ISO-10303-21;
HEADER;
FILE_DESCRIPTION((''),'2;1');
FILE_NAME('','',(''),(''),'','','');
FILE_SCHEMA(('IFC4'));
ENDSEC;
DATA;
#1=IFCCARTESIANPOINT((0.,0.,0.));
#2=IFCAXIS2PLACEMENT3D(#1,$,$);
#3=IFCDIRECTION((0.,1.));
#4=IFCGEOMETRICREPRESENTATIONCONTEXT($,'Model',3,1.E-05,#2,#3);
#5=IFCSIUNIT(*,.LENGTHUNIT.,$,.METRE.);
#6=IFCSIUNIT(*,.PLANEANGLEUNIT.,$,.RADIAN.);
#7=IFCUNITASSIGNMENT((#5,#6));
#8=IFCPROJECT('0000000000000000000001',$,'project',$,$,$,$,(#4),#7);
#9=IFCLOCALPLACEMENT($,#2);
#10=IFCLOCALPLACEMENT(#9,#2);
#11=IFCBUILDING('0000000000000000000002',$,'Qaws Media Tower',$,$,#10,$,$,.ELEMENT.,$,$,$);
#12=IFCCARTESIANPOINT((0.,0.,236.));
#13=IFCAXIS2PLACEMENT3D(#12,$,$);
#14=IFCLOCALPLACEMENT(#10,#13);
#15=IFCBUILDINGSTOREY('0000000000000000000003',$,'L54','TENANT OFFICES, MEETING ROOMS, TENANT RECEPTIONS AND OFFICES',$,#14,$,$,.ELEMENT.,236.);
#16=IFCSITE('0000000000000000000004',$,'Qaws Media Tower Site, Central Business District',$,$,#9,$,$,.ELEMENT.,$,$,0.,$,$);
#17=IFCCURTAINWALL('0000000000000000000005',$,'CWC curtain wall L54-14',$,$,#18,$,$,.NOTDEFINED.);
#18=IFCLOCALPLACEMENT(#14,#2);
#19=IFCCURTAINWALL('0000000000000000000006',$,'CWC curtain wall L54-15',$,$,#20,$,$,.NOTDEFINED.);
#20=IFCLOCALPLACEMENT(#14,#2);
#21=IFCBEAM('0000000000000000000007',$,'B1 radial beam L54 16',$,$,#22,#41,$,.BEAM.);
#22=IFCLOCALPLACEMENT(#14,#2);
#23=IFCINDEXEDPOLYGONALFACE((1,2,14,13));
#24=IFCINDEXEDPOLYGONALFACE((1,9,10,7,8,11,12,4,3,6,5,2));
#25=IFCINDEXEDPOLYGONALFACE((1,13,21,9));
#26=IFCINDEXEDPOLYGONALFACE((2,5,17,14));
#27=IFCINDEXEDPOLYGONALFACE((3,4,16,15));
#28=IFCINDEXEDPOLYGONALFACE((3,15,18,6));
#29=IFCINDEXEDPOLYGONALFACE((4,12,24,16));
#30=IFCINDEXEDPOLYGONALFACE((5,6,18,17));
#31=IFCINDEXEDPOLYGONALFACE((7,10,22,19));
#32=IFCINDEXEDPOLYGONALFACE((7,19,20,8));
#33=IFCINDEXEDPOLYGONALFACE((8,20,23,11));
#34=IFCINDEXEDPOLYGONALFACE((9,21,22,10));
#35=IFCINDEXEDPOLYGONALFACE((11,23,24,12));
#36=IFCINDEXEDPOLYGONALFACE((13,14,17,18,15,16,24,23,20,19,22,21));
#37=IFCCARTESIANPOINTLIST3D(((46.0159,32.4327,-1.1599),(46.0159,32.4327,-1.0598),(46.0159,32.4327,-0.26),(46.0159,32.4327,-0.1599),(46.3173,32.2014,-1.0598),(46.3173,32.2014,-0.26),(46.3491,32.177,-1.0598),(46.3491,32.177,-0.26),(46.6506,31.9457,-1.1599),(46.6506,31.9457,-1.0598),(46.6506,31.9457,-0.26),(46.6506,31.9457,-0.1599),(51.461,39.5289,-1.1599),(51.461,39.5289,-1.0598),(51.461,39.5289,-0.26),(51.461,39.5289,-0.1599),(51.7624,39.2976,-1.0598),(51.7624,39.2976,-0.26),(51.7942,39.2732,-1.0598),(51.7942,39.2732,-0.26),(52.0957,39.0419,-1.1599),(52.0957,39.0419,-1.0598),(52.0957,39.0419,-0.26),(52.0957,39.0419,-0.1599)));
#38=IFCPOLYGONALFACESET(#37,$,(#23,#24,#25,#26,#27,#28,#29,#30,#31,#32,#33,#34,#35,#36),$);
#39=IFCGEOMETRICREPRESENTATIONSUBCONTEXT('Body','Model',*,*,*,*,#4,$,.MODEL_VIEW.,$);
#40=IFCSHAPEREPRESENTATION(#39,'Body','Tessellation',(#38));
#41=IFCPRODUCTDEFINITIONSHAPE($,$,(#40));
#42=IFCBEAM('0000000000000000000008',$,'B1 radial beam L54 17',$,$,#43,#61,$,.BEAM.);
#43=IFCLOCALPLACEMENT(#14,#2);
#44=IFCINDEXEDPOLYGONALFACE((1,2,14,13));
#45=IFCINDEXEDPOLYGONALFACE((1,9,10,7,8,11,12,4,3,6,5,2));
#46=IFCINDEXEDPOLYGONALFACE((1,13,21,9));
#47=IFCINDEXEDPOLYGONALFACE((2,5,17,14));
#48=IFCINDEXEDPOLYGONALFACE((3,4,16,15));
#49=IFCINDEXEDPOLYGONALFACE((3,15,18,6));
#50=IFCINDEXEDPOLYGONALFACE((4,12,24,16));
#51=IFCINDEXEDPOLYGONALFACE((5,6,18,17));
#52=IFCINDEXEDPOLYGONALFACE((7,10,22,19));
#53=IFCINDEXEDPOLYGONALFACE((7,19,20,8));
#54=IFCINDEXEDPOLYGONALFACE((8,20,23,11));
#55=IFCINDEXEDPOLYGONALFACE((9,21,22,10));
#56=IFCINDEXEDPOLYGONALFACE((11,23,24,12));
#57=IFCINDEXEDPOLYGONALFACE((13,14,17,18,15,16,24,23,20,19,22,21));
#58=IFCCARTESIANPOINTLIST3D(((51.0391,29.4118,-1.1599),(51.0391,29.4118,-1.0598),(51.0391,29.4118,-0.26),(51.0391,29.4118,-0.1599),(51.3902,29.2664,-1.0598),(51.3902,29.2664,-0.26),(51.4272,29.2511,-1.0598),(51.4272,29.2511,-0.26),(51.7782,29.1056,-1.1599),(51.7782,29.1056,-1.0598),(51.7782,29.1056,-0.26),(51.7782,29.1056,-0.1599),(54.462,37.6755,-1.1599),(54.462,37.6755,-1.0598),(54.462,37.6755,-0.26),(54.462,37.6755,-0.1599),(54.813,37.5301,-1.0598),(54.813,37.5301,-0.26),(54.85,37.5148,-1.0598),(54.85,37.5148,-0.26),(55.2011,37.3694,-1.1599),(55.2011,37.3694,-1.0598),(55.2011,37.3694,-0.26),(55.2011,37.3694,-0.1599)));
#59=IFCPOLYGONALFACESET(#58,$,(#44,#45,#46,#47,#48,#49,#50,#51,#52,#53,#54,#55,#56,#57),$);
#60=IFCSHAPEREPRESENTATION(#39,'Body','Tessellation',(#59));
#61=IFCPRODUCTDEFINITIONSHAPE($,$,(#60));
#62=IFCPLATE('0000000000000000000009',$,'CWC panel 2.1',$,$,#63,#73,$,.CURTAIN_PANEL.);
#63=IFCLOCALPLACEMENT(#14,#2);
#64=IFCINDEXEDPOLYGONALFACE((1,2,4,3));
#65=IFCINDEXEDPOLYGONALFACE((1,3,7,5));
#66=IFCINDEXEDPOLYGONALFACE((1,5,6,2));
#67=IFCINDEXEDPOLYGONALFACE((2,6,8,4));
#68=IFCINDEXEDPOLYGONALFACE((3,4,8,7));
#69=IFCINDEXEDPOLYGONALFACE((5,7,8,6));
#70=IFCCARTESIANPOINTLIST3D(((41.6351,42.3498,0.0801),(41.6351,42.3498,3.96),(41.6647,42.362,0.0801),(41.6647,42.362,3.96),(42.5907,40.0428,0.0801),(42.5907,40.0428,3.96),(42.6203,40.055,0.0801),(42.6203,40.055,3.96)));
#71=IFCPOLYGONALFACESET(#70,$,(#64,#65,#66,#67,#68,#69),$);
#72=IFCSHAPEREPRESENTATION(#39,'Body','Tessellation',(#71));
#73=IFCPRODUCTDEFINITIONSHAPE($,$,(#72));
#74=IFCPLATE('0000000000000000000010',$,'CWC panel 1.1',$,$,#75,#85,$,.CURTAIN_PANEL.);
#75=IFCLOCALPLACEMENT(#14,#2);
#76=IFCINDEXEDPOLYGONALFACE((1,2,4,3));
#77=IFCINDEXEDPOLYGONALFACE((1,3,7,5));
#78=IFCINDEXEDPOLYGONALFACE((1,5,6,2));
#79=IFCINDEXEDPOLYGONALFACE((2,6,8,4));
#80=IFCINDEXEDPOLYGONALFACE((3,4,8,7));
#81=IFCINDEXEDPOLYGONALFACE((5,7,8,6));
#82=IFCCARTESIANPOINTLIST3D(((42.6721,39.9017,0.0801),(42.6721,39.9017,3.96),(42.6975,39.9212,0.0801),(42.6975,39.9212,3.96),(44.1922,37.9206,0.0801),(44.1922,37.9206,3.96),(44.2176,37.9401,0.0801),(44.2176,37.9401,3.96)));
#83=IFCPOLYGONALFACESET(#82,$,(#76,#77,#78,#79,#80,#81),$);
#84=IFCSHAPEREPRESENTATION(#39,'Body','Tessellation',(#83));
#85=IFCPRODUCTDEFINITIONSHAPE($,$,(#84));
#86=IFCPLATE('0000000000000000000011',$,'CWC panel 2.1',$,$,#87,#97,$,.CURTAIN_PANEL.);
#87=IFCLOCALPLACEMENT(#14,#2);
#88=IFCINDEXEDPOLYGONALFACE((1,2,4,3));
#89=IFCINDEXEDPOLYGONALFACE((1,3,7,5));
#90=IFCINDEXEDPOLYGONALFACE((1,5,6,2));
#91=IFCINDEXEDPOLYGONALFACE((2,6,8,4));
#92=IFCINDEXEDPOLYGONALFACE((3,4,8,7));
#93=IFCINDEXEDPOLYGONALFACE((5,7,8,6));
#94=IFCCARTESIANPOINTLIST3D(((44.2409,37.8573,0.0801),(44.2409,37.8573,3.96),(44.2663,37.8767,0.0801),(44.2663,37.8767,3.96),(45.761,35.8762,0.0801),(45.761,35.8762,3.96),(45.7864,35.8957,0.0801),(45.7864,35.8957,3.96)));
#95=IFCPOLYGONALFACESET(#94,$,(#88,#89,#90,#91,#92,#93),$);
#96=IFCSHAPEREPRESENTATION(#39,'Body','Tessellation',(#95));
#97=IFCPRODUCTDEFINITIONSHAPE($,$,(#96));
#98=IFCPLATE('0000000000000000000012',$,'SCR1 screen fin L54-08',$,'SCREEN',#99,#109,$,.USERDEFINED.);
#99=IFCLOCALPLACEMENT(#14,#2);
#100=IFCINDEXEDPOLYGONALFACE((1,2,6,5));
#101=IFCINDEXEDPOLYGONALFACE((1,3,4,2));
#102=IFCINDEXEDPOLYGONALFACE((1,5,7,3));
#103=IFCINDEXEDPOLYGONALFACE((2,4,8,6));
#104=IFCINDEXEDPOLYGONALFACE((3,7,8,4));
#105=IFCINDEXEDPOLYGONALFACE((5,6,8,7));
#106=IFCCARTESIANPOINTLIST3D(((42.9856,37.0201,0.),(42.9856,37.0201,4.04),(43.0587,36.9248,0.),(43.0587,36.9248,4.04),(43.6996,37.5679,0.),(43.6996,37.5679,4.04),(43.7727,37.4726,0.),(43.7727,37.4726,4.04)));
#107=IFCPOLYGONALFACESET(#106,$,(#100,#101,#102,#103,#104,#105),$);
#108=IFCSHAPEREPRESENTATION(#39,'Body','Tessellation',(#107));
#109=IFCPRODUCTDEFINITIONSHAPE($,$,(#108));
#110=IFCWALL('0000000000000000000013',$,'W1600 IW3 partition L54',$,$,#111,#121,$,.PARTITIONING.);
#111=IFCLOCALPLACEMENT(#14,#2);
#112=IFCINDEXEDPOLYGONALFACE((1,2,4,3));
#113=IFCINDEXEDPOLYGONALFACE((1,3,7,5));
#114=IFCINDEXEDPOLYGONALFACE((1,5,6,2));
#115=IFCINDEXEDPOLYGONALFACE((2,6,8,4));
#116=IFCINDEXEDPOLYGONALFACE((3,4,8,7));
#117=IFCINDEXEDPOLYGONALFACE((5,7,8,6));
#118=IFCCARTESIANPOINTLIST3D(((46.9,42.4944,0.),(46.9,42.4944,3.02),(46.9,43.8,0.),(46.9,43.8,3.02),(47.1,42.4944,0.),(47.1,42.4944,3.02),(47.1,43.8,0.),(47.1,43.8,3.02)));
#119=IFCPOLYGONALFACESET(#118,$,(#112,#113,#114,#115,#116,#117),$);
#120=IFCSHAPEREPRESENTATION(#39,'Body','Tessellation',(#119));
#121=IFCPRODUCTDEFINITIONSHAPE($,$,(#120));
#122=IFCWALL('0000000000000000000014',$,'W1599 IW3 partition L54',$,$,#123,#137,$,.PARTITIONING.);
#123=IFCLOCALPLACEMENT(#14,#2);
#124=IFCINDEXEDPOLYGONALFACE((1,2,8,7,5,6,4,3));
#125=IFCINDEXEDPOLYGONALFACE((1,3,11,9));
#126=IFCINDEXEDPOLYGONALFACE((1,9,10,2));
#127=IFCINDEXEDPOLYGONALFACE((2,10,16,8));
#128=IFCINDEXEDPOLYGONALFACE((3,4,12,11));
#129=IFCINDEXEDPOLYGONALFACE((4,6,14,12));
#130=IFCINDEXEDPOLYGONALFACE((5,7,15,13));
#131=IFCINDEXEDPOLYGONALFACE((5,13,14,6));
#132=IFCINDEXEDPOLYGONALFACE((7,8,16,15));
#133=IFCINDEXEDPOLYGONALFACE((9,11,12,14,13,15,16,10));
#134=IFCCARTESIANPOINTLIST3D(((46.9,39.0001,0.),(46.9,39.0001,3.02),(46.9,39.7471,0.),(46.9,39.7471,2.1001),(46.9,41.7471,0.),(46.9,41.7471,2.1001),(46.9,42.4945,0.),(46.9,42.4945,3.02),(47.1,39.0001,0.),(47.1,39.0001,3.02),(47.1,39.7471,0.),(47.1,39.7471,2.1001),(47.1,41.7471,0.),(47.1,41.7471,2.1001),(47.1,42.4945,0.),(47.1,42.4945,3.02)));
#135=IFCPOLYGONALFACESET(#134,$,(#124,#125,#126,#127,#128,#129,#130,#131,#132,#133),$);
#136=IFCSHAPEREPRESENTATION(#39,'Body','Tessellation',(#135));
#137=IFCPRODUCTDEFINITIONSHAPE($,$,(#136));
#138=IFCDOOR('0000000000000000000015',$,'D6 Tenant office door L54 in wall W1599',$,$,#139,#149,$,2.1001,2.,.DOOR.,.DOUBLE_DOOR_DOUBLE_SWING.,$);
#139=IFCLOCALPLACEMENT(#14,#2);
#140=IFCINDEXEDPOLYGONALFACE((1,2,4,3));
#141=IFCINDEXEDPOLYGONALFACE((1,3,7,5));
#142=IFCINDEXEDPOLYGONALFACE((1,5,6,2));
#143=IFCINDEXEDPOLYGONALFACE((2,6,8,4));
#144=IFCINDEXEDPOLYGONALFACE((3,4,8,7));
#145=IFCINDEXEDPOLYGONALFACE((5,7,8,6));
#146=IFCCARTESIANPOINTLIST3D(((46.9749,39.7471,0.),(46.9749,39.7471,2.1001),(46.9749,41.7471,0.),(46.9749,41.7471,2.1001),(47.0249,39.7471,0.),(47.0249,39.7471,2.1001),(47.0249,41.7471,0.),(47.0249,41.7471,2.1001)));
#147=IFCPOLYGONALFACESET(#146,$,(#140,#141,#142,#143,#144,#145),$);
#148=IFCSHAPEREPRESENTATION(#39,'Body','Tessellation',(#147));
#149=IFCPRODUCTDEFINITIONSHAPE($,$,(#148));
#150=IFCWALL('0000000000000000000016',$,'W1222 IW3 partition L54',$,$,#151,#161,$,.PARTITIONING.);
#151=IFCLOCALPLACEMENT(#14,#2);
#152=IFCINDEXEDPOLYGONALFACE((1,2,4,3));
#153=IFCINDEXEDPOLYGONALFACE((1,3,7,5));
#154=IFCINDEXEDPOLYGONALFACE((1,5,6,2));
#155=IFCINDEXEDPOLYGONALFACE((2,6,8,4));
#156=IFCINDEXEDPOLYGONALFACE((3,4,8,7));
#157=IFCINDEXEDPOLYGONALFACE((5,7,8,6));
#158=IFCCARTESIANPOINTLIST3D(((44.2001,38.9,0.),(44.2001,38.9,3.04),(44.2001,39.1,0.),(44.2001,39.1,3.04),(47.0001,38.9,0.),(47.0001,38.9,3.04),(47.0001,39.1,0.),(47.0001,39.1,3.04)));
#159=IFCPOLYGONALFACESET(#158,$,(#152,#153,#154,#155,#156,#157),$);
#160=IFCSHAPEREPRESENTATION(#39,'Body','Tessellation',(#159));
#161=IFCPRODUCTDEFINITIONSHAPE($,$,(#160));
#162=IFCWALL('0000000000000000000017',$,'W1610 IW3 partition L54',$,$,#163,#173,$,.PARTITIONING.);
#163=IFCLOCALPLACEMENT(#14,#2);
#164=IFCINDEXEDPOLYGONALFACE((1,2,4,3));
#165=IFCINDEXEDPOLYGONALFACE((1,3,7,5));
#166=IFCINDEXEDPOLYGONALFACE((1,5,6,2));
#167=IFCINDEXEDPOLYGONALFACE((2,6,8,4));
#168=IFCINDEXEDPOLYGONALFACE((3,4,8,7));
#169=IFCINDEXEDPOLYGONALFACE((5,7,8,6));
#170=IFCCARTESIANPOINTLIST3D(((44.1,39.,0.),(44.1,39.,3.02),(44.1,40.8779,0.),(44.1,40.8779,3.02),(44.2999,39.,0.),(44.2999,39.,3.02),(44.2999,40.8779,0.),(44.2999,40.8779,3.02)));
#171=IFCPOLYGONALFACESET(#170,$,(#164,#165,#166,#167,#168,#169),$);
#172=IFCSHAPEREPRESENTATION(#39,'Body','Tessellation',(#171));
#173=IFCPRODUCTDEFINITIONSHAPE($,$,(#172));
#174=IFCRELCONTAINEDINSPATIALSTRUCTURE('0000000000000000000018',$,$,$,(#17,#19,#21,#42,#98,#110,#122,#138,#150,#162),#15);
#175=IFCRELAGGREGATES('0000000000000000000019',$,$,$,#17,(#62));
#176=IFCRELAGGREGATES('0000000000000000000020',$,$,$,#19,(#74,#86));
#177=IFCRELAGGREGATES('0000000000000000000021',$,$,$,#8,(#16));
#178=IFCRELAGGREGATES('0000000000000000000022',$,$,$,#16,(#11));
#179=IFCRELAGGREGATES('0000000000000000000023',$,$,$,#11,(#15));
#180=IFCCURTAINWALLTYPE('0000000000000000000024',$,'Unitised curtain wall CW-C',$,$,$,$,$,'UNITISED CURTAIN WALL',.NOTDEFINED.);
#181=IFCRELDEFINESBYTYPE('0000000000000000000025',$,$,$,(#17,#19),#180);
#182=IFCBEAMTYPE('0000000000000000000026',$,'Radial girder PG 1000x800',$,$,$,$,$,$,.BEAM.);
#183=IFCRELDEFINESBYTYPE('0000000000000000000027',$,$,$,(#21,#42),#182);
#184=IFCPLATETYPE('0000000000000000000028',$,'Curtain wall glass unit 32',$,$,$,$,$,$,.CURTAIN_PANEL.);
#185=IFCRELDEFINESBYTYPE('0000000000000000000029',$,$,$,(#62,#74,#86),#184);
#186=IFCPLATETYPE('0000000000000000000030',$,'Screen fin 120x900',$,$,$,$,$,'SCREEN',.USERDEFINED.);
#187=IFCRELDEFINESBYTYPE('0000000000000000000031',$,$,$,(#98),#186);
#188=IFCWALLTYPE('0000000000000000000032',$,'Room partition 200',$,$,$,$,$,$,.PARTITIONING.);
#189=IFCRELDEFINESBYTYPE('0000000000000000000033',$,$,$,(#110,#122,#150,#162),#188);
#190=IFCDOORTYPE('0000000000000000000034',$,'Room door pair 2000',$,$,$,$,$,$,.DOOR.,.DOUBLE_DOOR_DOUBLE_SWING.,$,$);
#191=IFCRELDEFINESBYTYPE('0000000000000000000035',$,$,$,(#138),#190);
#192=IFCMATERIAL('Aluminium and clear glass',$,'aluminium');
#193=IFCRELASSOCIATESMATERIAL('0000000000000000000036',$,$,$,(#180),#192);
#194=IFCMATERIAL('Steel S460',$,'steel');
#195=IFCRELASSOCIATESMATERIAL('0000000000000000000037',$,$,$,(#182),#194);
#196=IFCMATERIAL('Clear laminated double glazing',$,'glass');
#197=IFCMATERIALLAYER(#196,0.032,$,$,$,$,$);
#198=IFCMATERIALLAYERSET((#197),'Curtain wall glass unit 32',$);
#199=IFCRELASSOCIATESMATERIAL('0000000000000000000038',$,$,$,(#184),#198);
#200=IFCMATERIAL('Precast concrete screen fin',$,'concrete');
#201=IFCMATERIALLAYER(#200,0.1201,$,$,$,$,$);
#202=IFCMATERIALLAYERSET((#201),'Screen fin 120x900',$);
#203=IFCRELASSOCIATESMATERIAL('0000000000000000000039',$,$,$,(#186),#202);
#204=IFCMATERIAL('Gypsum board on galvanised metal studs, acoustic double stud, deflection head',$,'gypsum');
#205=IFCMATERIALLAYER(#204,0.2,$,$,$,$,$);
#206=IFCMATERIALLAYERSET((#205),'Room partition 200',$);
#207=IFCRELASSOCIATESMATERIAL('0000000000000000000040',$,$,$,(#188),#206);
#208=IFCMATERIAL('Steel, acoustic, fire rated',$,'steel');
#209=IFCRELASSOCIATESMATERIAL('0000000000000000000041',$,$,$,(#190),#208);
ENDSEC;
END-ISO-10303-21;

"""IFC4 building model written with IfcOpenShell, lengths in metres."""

from ifc_helpers import new_model, si_unit, direction, frame, frame_2d, origin, origin_2d, place, context, subcontext, project, spatial, rectangle, i_section, extrude, material, layer, layer_set, material_profile, profile_set, type_object, element, fill, aggregate, save


model = new_model("IFC4")

# Units and contexts
model_context = context("Model", 3, precision=1e-05, world=origin(), true_north=direction((0.0, 1.0)))
body_context = subcontext(model_context, "Body", "Model", "MODEL_VIEW")
ifc_project = project(units=[si_unit("LENGTHUNIT", "METRE"), si_unit("PLANEANGLEUNIT", "RADIAN")], contexts=[model_context])

# Site, building, storey
site_placement = place(None, origin())
site = spatial("IfcSite", under=ifc_project, at=site_placement, Name="Qaws Media Tower Site, Central Business District", CompositionType="ELEMENT", RefElevation=0.0)
building_placement = place(site_placement, origin())
building = spatial("IfcBuilding", under=site, at=building_placement, Name="Qaws Media Tower", CompositionType="ELEMENT")
storey_placement = place(building_placement, frame((0.0, 0.0, 236.0)))
storey = spatial("IfcBuildingStorey", under=building, at=storey_placement, Name="L54", Description="TENANT OFFICES, MEETING ROOMS, TENANT RECEPTIONS AND OFFICES", CompositionType="ELEMENT", Elevation=236.0)

# Curtain wall
ifc_material_1 = material(Name="Aluminium and clear glass", Category="aluminium")
curtain_wall_type = type_object("IfcCurtainWallType", Name="Unitised curtain wall CW-C", ElementType="UNITISED CURTAIN WALL", PredefinedType="NOTDEFINED", material=ifc_material_1)
curtain_wall_1_placement = place(storey_placement, origin())
curtain_wall_1 = element("IfcCurtainWall", 1, at=curtain_wall_1_placement, inside=storey, type_object=curtain_wall_type, Name="CWC curtain wall L54-14", PredefinedType="NOTDEFINED")

# Curtain wall
curtain_wall_2_placement = place(storey_placement, origin())
curtain_wall_2 = element("IfcCurtainWall", 2, at=curtain_wall_2_placement, inside=storey, type_object=curtain_wall_type, Name="CWC curtain wall L54-15", PredefinedType="NOTDEFINED")

# Beams
ifc_material_2 = material(Name="Steel S460", Category="steel")
ifc_material_profile_1 = material_profile(ifc_material_2, i_section(OverallWidth=0.8, OverallDepth=1.0, WebThickness=0.04, FlangeThickness=0.1001, at=origin_2d()), Name="PG 1000x800")
ifc_profile_set_1 = profile_set([ifc_material_profile_1], Name="Steel S460")
beam_type_1 = type_object("IfcBeamType", Name="Radial girder PG 1000x800", PredefinedType="BEAM", material=ifc_profile_set_1)
for number, where, z_axis, x_axis, name in (
    (3, (51.7783, 39.2854, -0.6599), (-0.608759, -0.793355, 0.0), (0.793355, -0.608759, 0.0), "B1 radial beam L54 16"),
    (4, (54.8315, 37.5225, -0.6599), (-0.382676, -0.923882, 0.0), (0.923882, -0.382676, 0.0), "B1 radial beam L54 17"),
):
    element("IfcBeam", number, at=place(storey_placement, frame(where, z_axis=z_axis, x_axis=x_axis)), inside=storey, type_object=beam_type_1, Name=name, PredefinedType="BEAM", context=body_context, shape_type="SweptSolid", body=[
        extrude(i_section(OverallWidth=0.8, OverallDepth=1.0, WebThickness=0.04, FlangeThickness=0.1001, at=origin_2d()), origin(), (0.0, 0.0, 1.0), 8.9446),
    ])

# Plates
ifc_material_3 = material(Name="Clear laminated double glazing", Category="glass")
ifc_layer_1 = layer(ifc_material_3, 0.032)
ifc_layer_set_1 = layer_set([ifc_layer_1], Name="Curtain wall glass unit 32")
plate_type_1 = type_object("IfcPlateType", Name="Curtain wall glass unit 32", PredefinedType="CURTAIN_PANEL", material=ifc_layer_set_1)
plate_1_placement = place(storey_placement, frame((42.1277, 41.2024, 0.0801), z_axis=(0.0, 0.0, 1.0), x_axis=(0.382684, -0.923879, 0.0)))
plate_1 = element("IfcPlate", 5, at=plate_1_placement, type_object=plate_type_1, Name="CWC panel 2.1", PredefinedType="CURTAIN_PANEL", context=body_context, shape_type="SweptSolid", body=[
    extrude(rectangle(XDim=2.4971, YDim=0.032, at=origin_2d()), origin(), (0.0, 0.0, 1.0), 3.8799),
])
aggregate(curtain_wall_1, [plate_1])
plate_2_placement = place(storey_placement, frame((43.4448, 38.9209, 0.0801), z_axis=(0.0, 0.0, 1.0), x_axis=(0.608761, -0.793353, 0.0)))
plate_2 = element("IfcPlate", 6, at=plate_2_placement, type_object=plate_type_1, Name="CWC panel 1.1", PredefinedType="CURTAIN_PANEL", context=body_context, shape_type="SweptSolid", body=[
    extrude(rectangle(XDim=2.4971, YDim=0.032, at=origin_2d()), origin(), (0.0, 0.0, 1.0), 3.8799),
])
plate_3_placement = place(storey_placement, frame((45.0137, 36.8765, 0.0801), z_axis=(0.0, 0.0, 1.0), x_axis=(0.608761, -0.793353, 0.0)))
plate_3 = element("IfcPlate", 7, at=plate_3_placement, type_object=plate_type_1, Name="CWC panel 2.1", PredefinedType="CURTAIN_PANEL", context=body_context, shape_type="SweptSolid", body=[
    extrude(rectangle(XDim=2.4971, YDim=0.032, at=origin_2d()), origin(), (0.0, 0.0, 1.0), 3.8799),
])
aggregate(curtain_wall_2, [plate_2, plate_3])
ifc_material_4 = material(Name="Precast concrete screen fin", Category="concrete")
ifc_layer_2 = layer(ifc_material_4, 0.1201)
ifc_layer_set_2 = layer_set([ifc_layer_2], Name="Screen fin 120x900")
plate_type_2 = type_object("IfcPlateType", Name="Screen fin 120x900", ElementType="SCREEN", PredefinedType="USERDEFINED", material=ifc_layer_set_2)
plate_4_placement = place(storey_placement, frame((43.3792, 37.2463, 0.0), z_axis=(0.0, 0.0, 1.0), x_axis=(-0.793353, -0.608761, 0.0)))
element("IfcPlate", 8, at=plate_4_placement, inside=storey, type_object=plate_type_2, Name="SCR1 screen fin L54-08", ObjectType="SCREEN", PredefinedType="USERDEFINED", context=body_context, shape_type="SweptSolid", body=[
    extrude(rectangle(XDim=0.8999, YDim=0.1201, at=origin_2d()), origin(), (0.0, 0.0, 1.0), 4.04),
])

# Wall
ifc_material_5 = material(Name="Gypsum board on galvanised metal studs, acoustic double stud, deflection head", Category="gypsum")
ifc_layer_3 = layer(ifc_material_5, 0.2)
ifc_layer_set_3 = layer_set([ifc_layer_3], Name="Room partition 200")
wall_type = type_object("IfcWallType", Name="Room partition 200", PredefinedType="PARTITIONING", material=ifc_layer_set_3)
wall_1_placement = place(storey_placement, frame((47.0, 43.8, 0.0), z_axis=(0.0, 0.0, 1.0), x_axis=(0.0, -1.0, 0.0)))
element("IfcWall", 9, at=wall_1_placement, inside=storey, type_object=wall_type, Name="W1600 IW3 partition L54", PredefinedType="PARTITIONING", context=body_context, shape_type="SweptSolid", body=[
    extrude(rectangle(XDim=1.3057, YDim=0.2, at=frame_2d((0.6528, 0.0))), origin(), (0.0, 0.0, 1.0), 3.02),
])

# Wall, opening, door
wall_2_placement = place(storey_placement, frame((47.0, 42.4944, 0.0), z_axis=(0.0, 0.0, 1.0), x_axis=(0.0, -1.0, 0.0)))
wall_2 = element("IfcWall", 10, at=wall_2_placement, inside=storey, type_object=wall_type, Name="W1599 IW3 partition L54", PredefinedType="PARTITIONING", context=body_context, shape_type="SweptSolid", body=[
    extrude(rectangle(XDim=3.4944, YDim=0.2, at=frame_2d((1.7471, 0.0))), origin(), (0.0, 0.0, 1.0), 3.02),
])
opening_1_placement = place(wall_2_placement, frame((0.7473, 0.0, 0.0)))
opening_1 = element("IfcOpeningElement", 11, at=opening_1_placement, cuts=wall_2, PredefinedType="OPENING", context=body_context, shape_type="SweptSolid", body=[
    extrude(rectangle(XDim=2.0, YDim=2.1001, at=frame_2d((1.0, 1.05))), frame((0.0, 0.1099, 0.0), z_axis=(0.0, -1.0, 0.0), x_axis=(1.0, 0.0, 0.0)), (0.0, 0.0, 1.0), 0.22),
])
ifc_material_6 = material(Name="Steel, acoustic, fire rated", Category="steel")
door_type = type_object("IfcDoorType", Name="Room door pair 2000", OperationType="DOUBLE_DOOR_DOUBLE_SWING", PredefinedType="DOOR", material=ifc_material_6)
door_1_placement = place(opening_1_placement, origin())
door_1 = element("IfcDoor", 12, at=door_1_placement, inside=storey, type_object=door_type, Name="D6 Tenant office door L54 in wall W1599", OperationType="DOUBLE_DOOR_DOUBLE_SWING", OverallHeight=2.1001, OverallWidth=2.0, PredefinedType="DOOR", context=body_context, shape_type="SweptSolid", body=[
    extrude(rectangle(XDim=2.0, YDim=2.1001, at=frame_2d((1.0, 1.05))), frame((0.0, 0.0249, 0.0), z_axis=(0.0, -1.0, 0.0), x_axis=(1.0, 0.0, 0.0)), (0.0, 0.0, 1.0), 0.05),
])
fill(opening_1, door_1)

# Walls
wall_3_placement = place(storey_placement, frame((47.0, 39.0, 0.0), z_axis=(0.0, 0.0, 1.0), x_axis=(-1.0, 0.0, 0.0)))
element("IfcWall", 13, at=wall_3_placement, inside=storey, type_object=wall_type, Name="W1222 IW3 partition L54", PredefinedType="PARTITIONING", context=body_context, shape_type="SweptSolid", body=[
    extrude(rectangle(XDim=2.8, YDim=0.2, at=frame_2d((1.3999, 0.0))), origin(), (0.0, 0.0, 1.0), 3.04),
])
wall_4_placement = place(storey_placement, frame((44.2, 39.0, 0.0), z_axis=(0.0, 0.0, 1.0), x_axis=(0.0, 1.0, 0.0)))
element("IfcWall", 14, at=wall_4_placement, inside=storey, type_object=wall_type, Name="W1610 IW3 partition L54", PredefinedType="PARTITIONING", context=body_context, shape_type="SweptSolid", body=[
    extrude(rectangle(XDim=1.8779, YDim=0.2, at=frame_2d((0.939, 0.0))), origin(), (0.0, 0.0, 1.0), 3.02),
])

save(model, "model.ifc")
